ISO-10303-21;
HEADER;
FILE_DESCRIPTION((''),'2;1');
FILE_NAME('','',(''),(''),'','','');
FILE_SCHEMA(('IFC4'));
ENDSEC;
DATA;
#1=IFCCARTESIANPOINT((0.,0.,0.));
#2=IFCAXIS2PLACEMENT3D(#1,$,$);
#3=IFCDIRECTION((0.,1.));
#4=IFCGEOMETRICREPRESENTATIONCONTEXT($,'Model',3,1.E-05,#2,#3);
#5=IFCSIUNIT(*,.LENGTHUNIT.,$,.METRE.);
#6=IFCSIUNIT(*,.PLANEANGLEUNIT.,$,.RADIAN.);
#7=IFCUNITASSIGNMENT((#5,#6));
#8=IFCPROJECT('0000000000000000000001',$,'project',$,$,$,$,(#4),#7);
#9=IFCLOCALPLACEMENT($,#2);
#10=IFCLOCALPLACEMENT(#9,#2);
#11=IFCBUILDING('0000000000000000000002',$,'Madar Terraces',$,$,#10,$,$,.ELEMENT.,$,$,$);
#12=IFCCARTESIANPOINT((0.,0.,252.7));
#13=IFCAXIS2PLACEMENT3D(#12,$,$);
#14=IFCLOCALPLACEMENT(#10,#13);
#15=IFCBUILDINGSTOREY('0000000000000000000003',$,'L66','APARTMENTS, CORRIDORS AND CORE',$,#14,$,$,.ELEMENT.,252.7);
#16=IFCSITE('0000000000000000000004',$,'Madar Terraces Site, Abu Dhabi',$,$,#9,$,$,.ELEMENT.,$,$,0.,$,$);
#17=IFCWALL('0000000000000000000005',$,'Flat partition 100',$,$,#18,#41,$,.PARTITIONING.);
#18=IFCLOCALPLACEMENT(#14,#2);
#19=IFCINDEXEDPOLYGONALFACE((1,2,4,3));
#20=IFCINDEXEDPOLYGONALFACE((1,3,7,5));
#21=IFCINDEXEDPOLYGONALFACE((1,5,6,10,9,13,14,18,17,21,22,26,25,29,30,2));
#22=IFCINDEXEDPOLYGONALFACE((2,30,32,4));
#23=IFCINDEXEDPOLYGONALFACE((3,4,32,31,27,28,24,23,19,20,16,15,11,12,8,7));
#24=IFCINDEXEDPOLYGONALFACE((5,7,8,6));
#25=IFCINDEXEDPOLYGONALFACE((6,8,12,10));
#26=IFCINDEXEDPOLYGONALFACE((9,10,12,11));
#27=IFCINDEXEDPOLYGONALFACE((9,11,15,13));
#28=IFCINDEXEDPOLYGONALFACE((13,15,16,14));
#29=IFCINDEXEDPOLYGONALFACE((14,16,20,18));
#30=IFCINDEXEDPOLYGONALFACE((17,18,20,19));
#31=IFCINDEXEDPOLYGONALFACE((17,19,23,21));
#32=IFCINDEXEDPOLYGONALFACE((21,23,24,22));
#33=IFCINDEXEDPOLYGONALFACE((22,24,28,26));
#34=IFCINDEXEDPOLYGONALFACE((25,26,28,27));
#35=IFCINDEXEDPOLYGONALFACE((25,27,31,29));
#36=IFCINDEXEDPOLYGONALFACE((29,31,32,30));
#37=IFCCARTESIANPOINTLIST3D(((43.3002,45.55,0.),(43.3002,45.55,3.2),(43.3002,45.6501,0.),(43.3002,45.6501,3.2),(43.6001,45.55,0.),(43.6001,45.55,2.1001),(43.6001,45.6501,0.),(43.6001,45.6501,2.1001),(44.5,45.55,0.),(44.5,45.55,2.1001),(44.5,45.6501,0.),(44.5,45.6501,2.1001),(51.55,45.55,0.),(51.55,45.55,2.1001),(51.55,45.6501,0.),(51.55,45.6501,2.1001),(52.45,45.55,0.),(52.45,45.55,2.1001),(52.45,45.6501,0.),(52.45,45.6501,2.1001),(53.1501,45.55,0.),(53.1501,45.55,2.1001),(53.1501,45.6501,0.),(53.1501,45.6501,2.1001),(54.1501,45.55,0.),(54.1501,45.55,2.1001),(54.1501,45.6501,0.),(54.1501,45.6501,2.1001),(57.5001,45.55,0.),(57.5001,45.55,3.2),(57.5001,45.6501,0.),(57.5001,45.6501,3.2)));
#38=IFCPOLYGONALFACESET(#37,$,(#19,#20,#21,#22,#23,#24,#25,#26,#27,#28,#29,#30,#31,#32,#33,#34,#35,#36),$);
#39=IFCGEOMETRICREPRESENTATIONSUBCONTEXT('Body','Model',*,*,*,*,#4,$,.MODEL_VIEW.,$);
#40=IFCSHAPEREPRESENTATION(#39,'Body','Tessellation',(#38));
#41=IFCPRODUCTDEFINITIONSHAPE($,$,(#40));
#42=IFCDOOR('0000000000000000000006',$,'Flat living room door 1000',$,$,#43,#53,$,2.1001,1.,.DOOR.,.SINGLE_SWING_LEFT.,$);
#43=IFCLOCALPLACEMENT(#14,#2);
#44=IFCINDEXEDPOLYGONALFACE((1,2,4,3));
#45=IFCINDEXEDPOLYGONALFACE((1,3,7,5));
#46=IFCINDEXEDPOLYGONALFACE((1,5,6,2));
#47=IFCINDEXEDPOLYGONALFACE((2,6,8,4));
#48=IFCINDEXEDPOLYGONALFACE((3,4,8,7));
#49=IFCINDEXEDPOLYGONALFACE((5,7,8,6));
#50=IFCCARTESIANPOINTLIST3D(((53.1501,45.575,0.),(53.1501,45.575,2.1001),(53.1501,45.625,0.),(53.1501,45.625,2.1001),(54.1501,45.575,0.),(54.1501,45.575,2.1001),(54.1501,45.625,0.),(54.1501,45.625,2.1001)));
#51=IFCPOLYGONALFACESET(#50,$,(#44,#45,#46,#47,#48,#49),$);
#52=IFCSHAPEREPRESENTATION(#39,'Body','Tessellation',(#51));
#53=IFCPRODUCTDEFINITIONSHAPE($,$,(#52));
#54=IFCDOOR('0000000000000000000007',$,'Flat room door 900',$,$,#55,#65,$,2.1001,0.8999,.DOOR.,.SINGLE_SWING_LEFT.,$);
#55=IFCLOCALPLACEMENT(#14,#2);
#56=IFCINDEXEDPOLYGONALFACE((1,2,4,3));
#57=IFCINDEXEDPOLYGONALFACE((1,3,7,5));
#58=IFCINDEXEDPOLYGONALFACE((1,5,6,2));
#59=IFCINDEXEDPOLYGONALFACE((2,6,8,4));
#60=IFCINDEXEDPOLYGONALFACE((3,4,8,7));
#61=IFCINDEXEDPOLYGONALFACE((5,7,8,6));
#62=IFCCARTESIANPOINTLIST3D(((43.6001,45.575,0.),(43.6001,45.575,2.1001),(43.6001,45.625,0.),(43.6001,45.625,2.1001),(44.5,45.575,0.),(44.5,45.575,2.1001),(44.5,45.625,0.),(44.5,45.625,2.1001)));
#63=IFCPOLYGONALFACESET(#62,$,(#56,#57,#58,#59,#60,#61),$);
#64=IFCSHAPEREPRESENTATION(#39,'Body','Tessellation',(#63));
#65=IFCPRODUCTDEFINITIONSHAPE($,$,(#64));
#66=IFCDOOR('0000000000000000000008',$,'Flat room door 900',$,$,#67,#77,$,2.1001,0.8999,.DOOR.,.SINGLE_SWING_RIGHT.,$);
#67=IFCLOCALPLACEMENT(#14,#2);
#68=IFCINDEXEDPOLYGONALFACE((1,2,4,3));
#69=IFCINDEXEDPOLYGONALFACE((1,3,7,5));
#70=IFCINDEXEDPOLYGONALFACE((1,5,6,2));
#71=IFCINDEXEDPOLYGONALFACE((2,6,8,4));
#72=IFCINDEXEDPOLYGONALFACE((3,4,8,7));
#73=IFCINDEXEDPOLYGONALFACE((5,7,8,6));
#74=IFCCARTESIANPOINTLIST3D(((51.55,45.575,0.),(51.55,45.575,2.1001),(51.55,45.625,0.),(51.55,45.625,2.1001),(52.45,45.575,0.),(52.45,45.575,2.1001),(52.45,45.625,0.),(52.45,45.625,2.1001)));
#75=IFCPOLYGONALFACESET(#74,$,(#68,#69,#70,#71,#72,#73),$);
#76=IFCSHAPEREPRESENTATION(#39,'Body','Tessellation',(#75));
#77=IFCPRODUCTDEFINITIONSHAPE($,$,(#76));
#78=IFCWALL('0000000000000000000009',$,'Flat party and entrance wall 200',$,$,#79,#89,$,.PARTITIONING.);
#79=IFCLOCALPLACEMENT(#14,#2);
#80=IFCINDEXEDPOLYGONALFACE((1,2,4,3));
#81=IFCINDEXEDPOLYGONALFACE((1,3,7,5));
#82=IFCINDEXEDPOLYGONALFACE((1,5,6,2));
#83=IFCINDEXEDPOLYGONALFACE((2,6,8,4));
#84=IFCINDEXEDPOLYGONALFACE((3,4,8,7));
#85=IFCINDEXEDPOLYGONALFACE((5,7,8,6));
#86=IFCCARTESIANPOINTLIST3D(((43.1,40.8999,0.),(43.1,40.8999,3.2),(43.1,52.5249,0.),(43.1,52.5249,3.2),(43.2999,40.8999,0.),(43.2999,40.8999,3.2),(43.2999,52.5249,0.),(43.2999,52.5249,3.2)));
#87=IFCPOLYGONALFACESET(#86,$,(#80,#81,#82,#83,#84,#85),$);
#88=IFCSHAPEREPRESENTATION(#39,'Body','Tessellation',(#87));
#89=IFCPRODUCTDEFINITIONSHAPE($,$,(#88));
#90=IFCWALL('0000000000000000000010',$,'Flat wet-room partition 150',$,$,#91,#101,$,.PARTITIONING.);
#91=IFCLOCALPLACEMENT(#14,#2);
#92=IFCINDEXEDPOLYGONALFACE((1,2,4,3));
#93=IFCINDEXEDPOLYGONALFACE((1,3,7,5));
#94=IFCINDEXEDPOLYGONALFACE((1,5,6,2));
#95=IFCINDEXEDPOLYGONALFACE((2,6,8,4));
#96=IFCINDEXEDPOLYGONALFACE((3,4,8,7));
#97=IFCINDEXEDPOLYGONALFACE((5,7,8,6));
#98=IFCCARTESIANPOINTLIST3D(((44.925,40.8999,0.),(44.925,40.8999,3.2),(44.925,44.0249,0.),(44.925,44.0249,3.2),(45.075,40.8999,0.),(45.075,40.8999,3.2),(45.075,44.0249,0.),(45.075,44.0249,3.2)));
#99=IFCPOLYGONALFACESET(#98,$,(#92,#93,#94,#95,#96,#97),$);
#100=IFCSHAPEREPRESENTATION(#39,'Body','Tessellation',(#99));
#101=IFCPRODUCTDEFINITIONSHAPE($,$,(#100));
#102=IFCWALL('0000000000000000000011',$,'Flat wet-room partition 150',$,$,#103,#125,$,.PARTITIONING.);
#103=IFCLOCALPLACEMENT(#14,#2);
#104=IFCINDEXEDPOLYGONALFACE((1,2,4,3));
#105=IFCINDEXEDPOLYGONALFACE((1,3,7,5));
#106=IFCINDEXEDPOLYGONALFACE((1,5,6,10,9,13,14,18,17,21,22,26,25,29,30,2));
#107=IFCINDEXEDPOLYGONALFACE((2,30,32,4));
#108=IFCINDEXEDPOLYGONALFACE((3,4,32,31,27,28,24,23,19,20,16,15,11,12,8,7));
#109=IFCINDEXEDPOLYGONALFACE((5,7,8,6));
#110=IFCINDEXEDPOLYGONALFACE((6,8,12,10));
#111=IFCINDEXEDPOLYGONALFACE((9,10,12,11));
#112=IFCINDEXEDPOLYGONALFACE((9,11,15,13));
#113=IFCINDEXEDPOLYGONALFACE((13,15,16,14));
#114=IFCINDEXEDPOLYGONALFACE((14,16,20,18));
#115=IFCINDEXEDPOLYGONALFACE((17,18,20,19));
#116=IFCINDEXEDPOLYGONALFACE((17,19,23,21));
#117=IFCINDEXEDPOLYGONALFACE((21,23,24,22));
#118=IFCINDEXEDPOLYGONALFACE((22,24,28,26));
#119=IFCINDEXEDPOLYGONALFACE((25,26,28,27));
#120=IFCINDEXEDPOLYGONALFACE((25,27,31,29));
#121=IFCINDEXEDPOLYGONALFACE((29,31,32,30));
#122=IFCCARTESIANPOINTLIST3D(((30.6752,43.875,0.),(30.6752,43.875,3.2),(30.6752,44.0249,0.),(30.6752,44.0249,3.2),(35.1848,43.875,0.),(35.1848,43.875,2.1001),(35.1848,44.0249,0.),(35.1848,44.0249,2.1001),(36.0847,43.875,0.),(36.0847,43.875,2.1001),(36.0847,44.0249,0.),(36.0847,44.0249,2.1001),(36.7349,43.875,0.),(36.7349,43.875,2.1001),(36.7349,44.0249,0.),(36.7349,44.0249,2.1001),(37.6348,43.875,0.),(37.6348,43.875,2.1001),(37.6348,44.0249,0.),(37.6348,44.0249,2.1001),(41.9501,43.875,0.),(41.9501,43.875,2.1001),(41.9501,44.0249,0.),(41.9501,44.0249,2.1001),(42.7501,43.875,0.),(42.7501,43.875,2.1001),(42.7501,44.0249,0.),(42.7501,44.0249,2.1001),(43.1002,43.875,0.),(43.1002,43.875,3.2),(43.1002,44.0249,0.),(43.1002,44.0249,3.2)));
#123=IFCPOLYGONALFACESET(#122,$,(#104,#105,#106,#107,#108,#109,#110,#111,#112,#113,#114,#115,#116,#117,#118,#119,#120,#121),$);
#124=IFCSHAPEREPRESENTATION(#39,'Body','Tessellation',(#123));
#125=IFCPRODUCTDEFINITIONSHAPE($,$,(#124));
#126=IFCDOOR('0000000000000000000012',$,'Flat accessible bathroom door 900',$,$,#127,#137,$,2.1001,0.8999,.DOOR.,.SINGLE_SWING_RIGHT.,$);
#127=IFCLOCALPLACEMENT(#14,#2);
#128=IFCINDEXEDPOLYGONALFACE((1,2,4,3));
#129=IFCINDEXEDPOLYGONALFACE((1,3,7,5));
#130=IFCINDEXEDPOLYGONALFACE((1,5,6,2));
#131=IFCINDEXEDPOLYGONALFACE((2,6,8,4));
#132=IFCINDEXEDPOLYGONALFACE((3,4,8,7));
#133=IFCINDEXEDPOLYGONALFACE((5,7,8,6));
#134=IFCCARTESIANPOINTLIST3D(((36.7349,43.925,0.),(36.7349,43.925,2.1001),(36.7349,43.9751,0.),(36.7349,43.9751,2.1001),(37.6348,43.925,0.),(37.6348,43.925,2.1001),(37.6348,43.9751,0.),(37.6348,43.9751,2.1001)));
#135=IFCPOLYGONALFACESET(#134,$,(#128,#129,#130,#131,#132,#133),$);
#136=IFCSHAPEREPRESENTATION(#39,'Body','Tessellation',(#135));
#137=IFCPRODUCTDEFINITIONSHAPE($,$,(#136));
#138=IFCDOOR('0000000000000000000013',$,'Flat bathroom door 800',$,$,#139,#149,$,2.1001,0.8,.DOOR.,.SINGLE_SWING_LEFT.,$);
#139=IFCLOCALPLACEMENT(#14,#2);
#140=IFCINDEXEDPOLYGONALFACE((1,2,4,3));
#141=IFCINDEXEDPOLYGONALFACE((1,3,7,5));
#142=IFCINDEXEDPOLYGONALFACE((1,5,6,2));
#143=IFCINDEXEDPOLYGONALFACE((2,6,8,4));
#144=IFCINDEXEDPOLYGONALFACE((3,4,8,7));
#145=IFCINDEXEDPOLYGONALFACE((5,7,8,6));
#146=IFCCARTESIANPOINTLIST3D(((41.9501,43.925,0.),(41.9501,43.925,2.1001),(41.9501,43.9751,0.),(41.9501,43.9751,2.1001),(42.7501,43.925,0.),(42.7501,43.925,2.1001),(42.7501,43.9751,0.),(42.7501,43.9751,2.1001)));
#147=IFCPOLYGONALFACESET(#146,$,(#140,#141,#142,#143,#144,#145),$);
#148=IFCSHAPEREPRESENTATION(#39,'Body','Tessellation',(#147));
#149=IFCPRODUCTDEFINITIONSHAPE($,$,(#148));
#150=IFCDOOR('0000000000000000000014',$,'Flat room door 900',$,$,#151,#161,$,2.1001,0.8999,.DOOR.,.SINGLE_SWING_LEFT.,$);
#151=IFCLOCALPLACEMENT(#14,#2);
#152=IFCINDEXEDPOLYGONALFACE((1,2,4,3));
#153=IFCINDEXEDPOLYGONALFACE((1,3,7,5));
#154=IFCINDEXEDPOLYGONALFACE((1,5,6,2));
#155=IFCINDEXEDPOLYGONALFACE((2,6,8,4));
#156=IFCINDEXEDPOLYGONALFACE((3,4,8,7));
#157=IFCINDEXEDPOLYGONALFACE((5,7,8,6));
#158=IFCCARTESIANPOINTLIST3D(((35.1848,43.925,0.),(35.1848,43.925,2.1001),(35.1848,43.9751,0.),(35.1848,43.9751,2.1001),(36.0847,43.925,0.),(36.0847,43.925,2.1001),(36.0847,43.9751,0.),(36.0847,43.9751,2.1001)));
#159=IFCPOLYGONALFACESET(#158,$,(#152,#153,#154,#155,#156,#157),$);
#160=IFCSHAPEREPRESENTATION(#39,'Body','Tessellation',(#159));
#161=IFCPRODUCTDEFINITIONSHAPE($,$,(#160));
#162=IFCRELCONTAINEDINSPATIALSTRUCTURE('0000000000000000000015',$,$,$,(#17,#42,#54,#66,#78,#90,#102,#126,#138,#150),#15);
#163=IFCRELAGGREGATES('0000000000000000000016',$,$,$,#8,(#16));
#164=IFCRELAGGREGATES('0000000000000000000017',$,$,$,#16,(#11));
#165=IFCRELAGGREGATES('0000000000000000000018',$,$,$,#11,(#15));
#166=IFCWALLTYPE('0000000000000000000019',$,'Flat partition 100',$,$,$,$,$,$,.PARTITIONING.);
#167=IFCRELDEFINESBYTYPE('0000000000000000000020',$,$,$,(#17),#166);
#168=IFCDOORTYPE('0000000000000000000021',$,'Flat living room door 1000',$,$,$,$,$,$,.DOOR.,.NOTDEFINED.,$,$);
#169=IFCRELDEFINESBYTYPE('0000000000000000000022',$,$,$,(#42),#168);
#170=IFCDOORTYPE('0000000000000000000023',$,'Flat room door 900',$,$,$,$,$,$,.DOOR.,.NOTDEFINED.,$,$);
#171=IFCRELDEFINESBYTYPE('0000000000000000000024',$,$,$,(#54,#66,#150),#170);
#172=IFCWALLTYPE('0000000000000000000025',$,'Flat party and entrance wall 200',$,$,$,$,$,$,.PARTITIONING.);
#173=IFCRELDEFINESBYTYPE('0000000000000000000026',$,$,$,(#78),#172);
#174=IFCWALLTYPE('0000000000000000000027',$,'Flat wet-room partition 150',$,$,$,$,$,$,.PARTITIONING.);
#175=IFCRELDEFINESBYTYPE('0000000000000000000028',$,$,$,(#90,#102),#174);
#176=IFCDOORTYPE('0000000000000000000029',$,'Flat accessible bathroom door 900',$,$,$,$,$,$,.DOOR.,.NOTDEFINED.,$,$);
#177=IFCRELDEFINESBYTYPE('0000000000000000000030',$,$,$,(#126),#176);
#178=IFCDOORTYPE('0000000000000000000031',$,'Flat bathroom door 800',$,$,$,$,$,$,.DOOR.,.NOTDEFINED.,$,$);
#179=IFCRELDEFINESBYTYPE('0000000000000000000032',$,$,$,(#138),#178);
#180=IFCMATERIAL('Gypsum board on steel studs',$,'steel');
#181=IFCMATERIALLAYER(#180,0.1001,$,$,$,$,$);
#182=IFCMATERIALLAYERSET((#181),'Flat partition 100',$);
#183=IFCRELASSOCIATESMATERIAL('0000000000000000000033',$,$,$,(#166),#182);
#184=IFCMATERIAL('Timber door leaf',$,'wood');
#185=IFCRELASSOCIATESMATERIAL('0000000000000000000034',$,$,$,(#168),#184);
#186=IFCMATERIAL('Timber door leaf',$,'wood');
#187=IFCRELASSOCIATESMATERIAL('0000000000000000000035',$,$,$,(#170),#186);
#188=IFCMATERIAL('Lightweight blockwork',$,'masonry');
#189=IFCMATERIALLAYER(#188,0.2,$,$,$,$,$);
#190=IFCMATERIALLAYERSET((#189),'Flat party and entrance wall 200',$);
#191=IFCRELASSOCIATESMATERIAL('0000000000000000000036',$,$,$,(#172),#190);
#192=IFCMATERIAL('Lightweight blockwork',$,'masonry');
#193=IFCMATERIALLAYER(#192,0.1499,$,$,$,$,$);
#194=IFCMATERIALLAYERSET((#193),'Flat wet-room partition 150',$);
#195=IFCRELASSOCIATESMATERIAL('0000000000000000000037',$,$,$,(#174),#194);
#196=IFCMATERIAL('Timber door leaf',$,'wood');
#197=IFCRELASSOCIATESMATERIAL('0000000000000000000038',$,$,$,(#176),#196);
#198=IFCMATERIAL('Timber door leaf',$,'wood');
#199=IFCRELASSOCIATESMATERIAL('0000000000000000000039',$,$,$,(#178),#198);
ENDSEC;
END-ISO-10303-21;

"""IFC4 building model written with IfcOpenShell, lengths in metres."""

from ifc_helpers import new_model, si_unit, direction, frame, frame_2d, origin, place, context, subcontext, project, spatial, rectangle, extrude, material, layer, layer_set, type_object, element, fill, save


model = new_model("IFC4")

# Units and contexts
model_context = context("Model", 3, precision=1e-05, world=origin(), true_north=direction((0.0, 1.0)))
body_context = subcontext(model_context, "Body", "Model", "MODEL_VIEW")
ifc_project = project(units=[si_unit("LENGTHUNIT", "METRE"), si_unit("PLANEANGLEUNIT", "RADIAN")], contexts=[model_context])

# Site, building, storey
site_placement = place(None, origin())
site = spatial("IfcSite", under=ifc_project, at=site_placement, Name="Madar Terraces Site, Abu Dhabi", CompositionType="ELEMENT", RefElevation=0.0)
building_placement = place(site_placement, origin())
building = spatial("IfcBuilding", under=site, at=building_placement, Name="Madar Terraces", CompositionType="ELEMENT")
storey_placement = place(building_placement, frame((0.0, 0.0, 252.7)))
storey = spatial("IfcBuildingStorey", under=building, at=storey_placement, Name="L66", Description="APARTMENTS, CORRIDORS AND CORE", CompositionType="ELEMENT", Elevation=252.7)

# Wall, openings, doors
ifc_material_1 = material(Name="Gypsum board on steel studs", Category="steel")
ifc_layer_1 = layer(ifc_material_1, 0.1001)
ifc_layer_set_1 = layer_set([ifc_layer_1], Name="Flat partition 100")
wall_type_1 = type_object("IfcWallType", Name="Flat partition 100", PredefinedType="PARTITIONING", material=ifc_layer_set_1)
wall_1_placement = place(storey_placement, frame((43.3, 45.6001, 0.0), z_axis=(0.0, 0.0, 1.0), x_axis=(1.0, 0.0, 0.0)))
wall_1 = element("IfcWall", 1, at=wall_1_placement, inside=storey, type_object=wall_type_1, Name="Flat partition 100", PredefinedType="PARTITIONING", context=body_context, shape_type="SweptSolid", body=[
    extrude(rectangle(XDim=14.2, YDim=0.1001, at=frame_2d((7.1001, 0.0))), origin(), (0.0, 0.0, 1.0), 3.2),
])
opening_1_placement = place(wall_1_placement, frame((0.3, 0.0, 0.0)))
opening_1 = element("IfcOpeningElement", 2, at=opening_1_placement, cuts=wall_1, PredefinedType="OPENING", context=body_context, shape_type="SweptSolid", body=[
    extrude(rectangle(XDim=0.8999, YDim=2.1001, at=frame_2d((0.45, 1.05))), frame((0.0, 0.0601, 0.0), z_axis=(0.0, -1.0, 0.0), x_axis=(1.0, 0.0, 0.0)), (0.0, 0.0, 1.0), 0.1201),
])
opening_2_placement = place(wall_1_placement, frame((8.25, 0.0, 0.0)))
opening_2 = element("IfcOpeningElement", 3, at=opening_2_placement, cuts=wall_1, PredefinedType="OPENING", context=body_context, shape_type="SweptSolid", body=[
    extrude(rectangle(XDim=0.8999, YDim=2.1001, at=frame_2d((0.45, 1.05))), frame((0.0, 0.0601, 0.0), z_axis=(0.0, -1.0, 0.0), x_axis=(1.0, 0.0, 0.0)), (0.0, 0.0, 1.0), 0.1201),
])
opening_3_placement = place(wall_1_placement, frame((9.8501, 0.0, 0.0)))
opening_3 = element("IfcOpeningElement", 4, at=opening_3_placement, cuts=wall_1, PredefinedType="OPENING", context=body_context, shape_type="SweptSolid", body=[
    extrude(rectangle(XDim=1.0, YDim=2.1001, at=frame_2d((0.5, 1.05))), frame((0.0, 0.0601, 0.0), z_axis=(0.0, -1.0, 0.0), x_axis=(1.0, 0.0, 0.0)), (0.0, 0.0, 1.0), 0.1201),
])
ifc_material_2 = material(Name="Timber door leaf", Category="wood")
door_type_1 = type_object("IfcDoorType", Name="Flat living room door 1000", OperationType="NOTDEFINED", PredefinedType="DOOR", material=ifc_material_2)
door_1_placement = place(opening_3_placement, origin())
door_1 = element("IfcDoor", 5, at=door_1_placement, inside=storey, type_object=door_type_1, Name="Flat living room door 1000", OperationType="SINGLE_SWING_LEFT", OverallHeight=2.1001, OverallWidth=1.0, PredefinedType="DOOR", context=body_context, shape_type="SweptSolid", body=[
    extrude(rectangle(XDim=1.0, YDim=2.1001, at=frame_2d((0.5, 1.05))), frame((0.0, 0.0249, 0.0), z_axis=(0.0, -1.0, 0.0), x_axis=(1.0, 0.0, 0.0)), (0.0, 0.0, 1.0), 0.05),
])
fill(opening_3, door_1)
ifc_material_3 = material(Name="Timber door leaf", Category="wood")
door_type_2 = type_object("IfcDoorType", Name="Flat room door 900", OperationType="NOTDEFINED", PredefinedType="DOOR", material=ifc_material_3)
door_2_placement = place(opening_1_placement, origin())
door_2 = element("IfcDoor", 6, at=door_2_placement, inside=storey, type_object=door_type_2, Name="Flat room door 900", OperationType="SINGLE_SWING_LEFT", OverallHeight=2.1001, OverallWidth=0.8999, PredefinedType="DOOR", context=body_context, shape_type="SweptSolid", body=[
    extrude(rectangle(XDim=0.8999, YDim=2.1001, at=frame_2d((0.45, 1.05))), frame((0.0, 0.0249, 0.0), z_axis=(0.0, -1.0, 0.0), x_axis=(1.0, 0.0, 0.0)), (0.0, 0.0, 1.0), 0.05),
])
fill(opening_1, door_2)
door_3_placement = place(opening_2_placement, origin())
door_3 = element("IfcDoor", 7, at=door_3_placement, inside=storey, type_object=door_type_2, Name="Flat room door 900", OperationType="SINGLE_SWING_RIGHT", OverallHeight=2.1001, OverallWidth=0.8999, PredefinedType="DOOR", context=body_context, shape_type="SweptSolid", body=[
    extrude(rectangle(XDim=0.8999, YDim=2.1001, at=frame_2d((0.45, 1.05))), frame((0.0, 0.0249, 0.0), z_axis=(0.0, -1.0, 0.0), x_axis=(1.0, 0.0, 0.0)), (0.0, 0.0, 1.0), 0.05),
])
fill(opening_2, door_3)

# Walls
ifc_material_4 = material(Name="Lightweight blockwork", Category="masonry")
ifc_layer_2 = layer(ifc_material_4, 0.2)
ifc_layer_set_2 = layer_set([ifc_layer_2], Name="Flat party and entrance wall 200")
wall_type_2 = type_object("IfcWallType", Name="Flat party and entrance wall 200", PredefinedType="PARTITIONING", material=ifc_layer_set_2)
wall_2_placement = place(storey_placement, frame((43.2, 52.5249, 0.0), z_axis=(0.0, 0.0, 1.0), x_axis=(0.0, -1.0, 0.0)))
element("IfcWall", 8, at=wall_2_placement, inside=storey, type_object=wall_type_2, Name="Flat party and entrance wall 200", PredefinedType="PARTITIONING", context=body_context, shape_type="SweptSolid", body=[
    extrude(rectangle(XDim=11.625, YDim=0.2, at=frame_2d((5.8125, 0.0))), origin(), (0.0, 0.0, 1.0), 3.2),
])
ifc_material_5 = material(Name="Lightweight blockwork", Category="masonry")
ifc_layer_3 = layer(ifc_material_5, 0.1499)
ifc_layer_set_3 = layer_set([ifc_layer_3], Name="Flat wet-room partition 150")
wall_type_3 = type_object("IfcWallType", Name="Flat wet-room partition 150", PredefinedType="PARTITIONING", material=ifc_layer_set_3)
wall_3_placement = place(storey_placement, frame((45.0, 40.8999, 0.0), z_axis=(0.0, 0.0, 1.0), x_axis=(0.0, 1.0, 0.0)))
element("IfcWall", 9, at=wall_3_placement, inside=storey, type_object=wall_type_3, Name="Flat wet-room partition 150", PredefinedType="PARTITIONING", context=body_context, shape_type="SweptSolid", body=[
    extrude(rectangle(XDim=3.125, YDim=0.1499, at=frame_2d((1.5625, 0.0))), origin(), (0.0, 0.0, 1.0), 3.2),
])

# Wall, openings, doors
wall_4_placement = place(storey_placement, frame((43.1001, 43.95, 0.0), z_axis=(0.0, 0.0, 1.0), x_axis=(-1.0, 0.0, 0.0)))
wall_4 = element("IfcWall", 10, at=wall_4_placement, inside=storey, type_object=wall_type_3, Name="Flat wet-room partition 150", PredefinedType="PARTITIONING", context=body_context, shape_type="SweptSolid", body=[
    extrude(rectangle(XDim=12.425, YDim=0.1499, at=frame_2d((6.2124, 0.0))), origin(), (0.0, 0.0, 1.0), 3.2),
])
opening_4_placement = place(wall_4_placement, frame((7.0154, 0.0, 0.0)))
opening_4 = element("IfcOpeningElement", 11, at=opening_4_placement, cuts=wall_4, PredefinedType="OPENING", context=body_context, shape_type="SweptSolid", body=[
    extrude(rectangle(XDim=0.8999, YDim=2.1001, at=frame_2d((0.45, 1.05))), frame((0.0, 0.085, 0.0), z_axis=(0.0, -1.0, 0.0), x_axis=(1.0, 0.0, 0.0)), (0.0, 0.0, 1.0), 0.1699),
])
opening_5_placement = place(wall_4_placement, frame((5.4653, 0.0, 0.0)))
opening_5 = element("IfcOpeningElement", 12, at=opening_5_placement, cuts=wall_4, PredefinedType="OPENING", context=body_context, shape_type="SweptSolid", body=[
    extrude(rectangle(XDim=0.8999, YDim=2.1001, at=frame_2d((0.45, 1.05))), frame((0.0, 0.085, 0.0), z_axis=(0.0, -1.0, 0.0), x_axis=(1.0, 0.0, 0.0)), (0.0, 0.0, 1.0), 0.1699),
])
opening_6_placement = place(wall_4_placement, frame((0.3501, 0.0, 0.0)))
opening_6 = element("IfcOpeningElement", 13, at=opening_6_placement, cuts=wall_4, PredefinedType="OPENING", context=body_context, shape_type="SweptSolid", body=[
    extrude(rectangle(XDim=0.8, YDim=2.1001, at=frame_2d((0.3999, 1.05))), frame((0.0, 0.085, 0.0), z_axis=(0.0, -1.0, 0.0), x_axis=(1.0, 0.0, 0.0)), (0.0, 0.0, 1.0), 0.1699),
])
ifc_material_6 = material(Name="Timber door leaf", Category="wood")
door_type_3 = type_object("IfcDoorType", Name="Flat accessible bathroom door 900", OperationType="NOTDEFINED", PredefinedType="DOOR", material=ifc_material_6)
door_4_placement = place(opening_5_placement, origin())
door_4 = element("IfcDoor", 14, at=door_4_placement, inside=storey, type_object=door_type_3, Name="Flat accessible bathroom door 900", OperationType="SINGLE_SWING_RIGHT", OverallHeight=2.1001, OverallWidth=0.8999, PredefinedType="DOOR", context=body_context, shape_type="SweptSolid", body=[
    extrude(rectangle(XDim=0.8999, YDim=2.1001, at=frame_2d((0.45, 1.05))), frame((0.0, 0.0249, 0.0), z_axis=(0.0, -1.0, 0.0), x_axis=(1.0, 0.0, 0.0)), (0.0, 0.0, 1.0), 0.05),
])
fill(opening_5, door_4)
ifc_material_7 = material(Name="Timber door leaf", Category="wood")
door_type_4 = type_object("IfcDoorType", Name="Flat bathroom door 800", OperationType="NOTDEFINED", PredefinedType="DOOR", material=ifc_material_7)
door_5_placement = place(opening_6_placement, origin())
door_5 = element("IfcDoor", 15, at=door_5_placement, inside=storey, type_object=door_type_4, Name="Flat bathroom door 800", OperationType="SINGLE_SWING_LEFT", OverallHeight=2.1001, OverallWidth=0.8, PredefinedType="DOOR", context=body_context, shape_type="SweptSolid", body=[
    extrude(rectangle(XDim=0.8, YDim=2.1001, at=frame_2d((0.3999, 1.05))), frame((0.0, 0.0249, 0.0), z_axis=(0.0, -1.0, 0.0), x_axis=(1.0, 0.0, 0.0)), (0.0, 0.0, 1.0), 0.05),
])
fill(opening_6, door_5)
door_6_placement = place(opening_4_placement, origin())
door_6 = element("IfcDoor", 16, at=door_6_placement, inside=storey, type_object=door_type_2, Name="Flat room door 900", OperationType="SINGLE_SWING_LEFT", OverallHeight=2.1001, OverallWidth=0.8999, PredefinedType="DOOR", context=body_context, shape_type="SweptSolid", body=[
    extrude(rectangle(XDim=0.8999, YDim=2.1001, at=frame_2d((0.45, 1.05))), frame((0.0, 0.0249, 0.0), z_axis=(0.0, -1.0, 0.0), x_axis=(1.0, 0.0, 0.0)), (0.0, 0.0, 1.0), 0.05),
])
fill(opening_4, door_6)

save(model, "model.ifc")
